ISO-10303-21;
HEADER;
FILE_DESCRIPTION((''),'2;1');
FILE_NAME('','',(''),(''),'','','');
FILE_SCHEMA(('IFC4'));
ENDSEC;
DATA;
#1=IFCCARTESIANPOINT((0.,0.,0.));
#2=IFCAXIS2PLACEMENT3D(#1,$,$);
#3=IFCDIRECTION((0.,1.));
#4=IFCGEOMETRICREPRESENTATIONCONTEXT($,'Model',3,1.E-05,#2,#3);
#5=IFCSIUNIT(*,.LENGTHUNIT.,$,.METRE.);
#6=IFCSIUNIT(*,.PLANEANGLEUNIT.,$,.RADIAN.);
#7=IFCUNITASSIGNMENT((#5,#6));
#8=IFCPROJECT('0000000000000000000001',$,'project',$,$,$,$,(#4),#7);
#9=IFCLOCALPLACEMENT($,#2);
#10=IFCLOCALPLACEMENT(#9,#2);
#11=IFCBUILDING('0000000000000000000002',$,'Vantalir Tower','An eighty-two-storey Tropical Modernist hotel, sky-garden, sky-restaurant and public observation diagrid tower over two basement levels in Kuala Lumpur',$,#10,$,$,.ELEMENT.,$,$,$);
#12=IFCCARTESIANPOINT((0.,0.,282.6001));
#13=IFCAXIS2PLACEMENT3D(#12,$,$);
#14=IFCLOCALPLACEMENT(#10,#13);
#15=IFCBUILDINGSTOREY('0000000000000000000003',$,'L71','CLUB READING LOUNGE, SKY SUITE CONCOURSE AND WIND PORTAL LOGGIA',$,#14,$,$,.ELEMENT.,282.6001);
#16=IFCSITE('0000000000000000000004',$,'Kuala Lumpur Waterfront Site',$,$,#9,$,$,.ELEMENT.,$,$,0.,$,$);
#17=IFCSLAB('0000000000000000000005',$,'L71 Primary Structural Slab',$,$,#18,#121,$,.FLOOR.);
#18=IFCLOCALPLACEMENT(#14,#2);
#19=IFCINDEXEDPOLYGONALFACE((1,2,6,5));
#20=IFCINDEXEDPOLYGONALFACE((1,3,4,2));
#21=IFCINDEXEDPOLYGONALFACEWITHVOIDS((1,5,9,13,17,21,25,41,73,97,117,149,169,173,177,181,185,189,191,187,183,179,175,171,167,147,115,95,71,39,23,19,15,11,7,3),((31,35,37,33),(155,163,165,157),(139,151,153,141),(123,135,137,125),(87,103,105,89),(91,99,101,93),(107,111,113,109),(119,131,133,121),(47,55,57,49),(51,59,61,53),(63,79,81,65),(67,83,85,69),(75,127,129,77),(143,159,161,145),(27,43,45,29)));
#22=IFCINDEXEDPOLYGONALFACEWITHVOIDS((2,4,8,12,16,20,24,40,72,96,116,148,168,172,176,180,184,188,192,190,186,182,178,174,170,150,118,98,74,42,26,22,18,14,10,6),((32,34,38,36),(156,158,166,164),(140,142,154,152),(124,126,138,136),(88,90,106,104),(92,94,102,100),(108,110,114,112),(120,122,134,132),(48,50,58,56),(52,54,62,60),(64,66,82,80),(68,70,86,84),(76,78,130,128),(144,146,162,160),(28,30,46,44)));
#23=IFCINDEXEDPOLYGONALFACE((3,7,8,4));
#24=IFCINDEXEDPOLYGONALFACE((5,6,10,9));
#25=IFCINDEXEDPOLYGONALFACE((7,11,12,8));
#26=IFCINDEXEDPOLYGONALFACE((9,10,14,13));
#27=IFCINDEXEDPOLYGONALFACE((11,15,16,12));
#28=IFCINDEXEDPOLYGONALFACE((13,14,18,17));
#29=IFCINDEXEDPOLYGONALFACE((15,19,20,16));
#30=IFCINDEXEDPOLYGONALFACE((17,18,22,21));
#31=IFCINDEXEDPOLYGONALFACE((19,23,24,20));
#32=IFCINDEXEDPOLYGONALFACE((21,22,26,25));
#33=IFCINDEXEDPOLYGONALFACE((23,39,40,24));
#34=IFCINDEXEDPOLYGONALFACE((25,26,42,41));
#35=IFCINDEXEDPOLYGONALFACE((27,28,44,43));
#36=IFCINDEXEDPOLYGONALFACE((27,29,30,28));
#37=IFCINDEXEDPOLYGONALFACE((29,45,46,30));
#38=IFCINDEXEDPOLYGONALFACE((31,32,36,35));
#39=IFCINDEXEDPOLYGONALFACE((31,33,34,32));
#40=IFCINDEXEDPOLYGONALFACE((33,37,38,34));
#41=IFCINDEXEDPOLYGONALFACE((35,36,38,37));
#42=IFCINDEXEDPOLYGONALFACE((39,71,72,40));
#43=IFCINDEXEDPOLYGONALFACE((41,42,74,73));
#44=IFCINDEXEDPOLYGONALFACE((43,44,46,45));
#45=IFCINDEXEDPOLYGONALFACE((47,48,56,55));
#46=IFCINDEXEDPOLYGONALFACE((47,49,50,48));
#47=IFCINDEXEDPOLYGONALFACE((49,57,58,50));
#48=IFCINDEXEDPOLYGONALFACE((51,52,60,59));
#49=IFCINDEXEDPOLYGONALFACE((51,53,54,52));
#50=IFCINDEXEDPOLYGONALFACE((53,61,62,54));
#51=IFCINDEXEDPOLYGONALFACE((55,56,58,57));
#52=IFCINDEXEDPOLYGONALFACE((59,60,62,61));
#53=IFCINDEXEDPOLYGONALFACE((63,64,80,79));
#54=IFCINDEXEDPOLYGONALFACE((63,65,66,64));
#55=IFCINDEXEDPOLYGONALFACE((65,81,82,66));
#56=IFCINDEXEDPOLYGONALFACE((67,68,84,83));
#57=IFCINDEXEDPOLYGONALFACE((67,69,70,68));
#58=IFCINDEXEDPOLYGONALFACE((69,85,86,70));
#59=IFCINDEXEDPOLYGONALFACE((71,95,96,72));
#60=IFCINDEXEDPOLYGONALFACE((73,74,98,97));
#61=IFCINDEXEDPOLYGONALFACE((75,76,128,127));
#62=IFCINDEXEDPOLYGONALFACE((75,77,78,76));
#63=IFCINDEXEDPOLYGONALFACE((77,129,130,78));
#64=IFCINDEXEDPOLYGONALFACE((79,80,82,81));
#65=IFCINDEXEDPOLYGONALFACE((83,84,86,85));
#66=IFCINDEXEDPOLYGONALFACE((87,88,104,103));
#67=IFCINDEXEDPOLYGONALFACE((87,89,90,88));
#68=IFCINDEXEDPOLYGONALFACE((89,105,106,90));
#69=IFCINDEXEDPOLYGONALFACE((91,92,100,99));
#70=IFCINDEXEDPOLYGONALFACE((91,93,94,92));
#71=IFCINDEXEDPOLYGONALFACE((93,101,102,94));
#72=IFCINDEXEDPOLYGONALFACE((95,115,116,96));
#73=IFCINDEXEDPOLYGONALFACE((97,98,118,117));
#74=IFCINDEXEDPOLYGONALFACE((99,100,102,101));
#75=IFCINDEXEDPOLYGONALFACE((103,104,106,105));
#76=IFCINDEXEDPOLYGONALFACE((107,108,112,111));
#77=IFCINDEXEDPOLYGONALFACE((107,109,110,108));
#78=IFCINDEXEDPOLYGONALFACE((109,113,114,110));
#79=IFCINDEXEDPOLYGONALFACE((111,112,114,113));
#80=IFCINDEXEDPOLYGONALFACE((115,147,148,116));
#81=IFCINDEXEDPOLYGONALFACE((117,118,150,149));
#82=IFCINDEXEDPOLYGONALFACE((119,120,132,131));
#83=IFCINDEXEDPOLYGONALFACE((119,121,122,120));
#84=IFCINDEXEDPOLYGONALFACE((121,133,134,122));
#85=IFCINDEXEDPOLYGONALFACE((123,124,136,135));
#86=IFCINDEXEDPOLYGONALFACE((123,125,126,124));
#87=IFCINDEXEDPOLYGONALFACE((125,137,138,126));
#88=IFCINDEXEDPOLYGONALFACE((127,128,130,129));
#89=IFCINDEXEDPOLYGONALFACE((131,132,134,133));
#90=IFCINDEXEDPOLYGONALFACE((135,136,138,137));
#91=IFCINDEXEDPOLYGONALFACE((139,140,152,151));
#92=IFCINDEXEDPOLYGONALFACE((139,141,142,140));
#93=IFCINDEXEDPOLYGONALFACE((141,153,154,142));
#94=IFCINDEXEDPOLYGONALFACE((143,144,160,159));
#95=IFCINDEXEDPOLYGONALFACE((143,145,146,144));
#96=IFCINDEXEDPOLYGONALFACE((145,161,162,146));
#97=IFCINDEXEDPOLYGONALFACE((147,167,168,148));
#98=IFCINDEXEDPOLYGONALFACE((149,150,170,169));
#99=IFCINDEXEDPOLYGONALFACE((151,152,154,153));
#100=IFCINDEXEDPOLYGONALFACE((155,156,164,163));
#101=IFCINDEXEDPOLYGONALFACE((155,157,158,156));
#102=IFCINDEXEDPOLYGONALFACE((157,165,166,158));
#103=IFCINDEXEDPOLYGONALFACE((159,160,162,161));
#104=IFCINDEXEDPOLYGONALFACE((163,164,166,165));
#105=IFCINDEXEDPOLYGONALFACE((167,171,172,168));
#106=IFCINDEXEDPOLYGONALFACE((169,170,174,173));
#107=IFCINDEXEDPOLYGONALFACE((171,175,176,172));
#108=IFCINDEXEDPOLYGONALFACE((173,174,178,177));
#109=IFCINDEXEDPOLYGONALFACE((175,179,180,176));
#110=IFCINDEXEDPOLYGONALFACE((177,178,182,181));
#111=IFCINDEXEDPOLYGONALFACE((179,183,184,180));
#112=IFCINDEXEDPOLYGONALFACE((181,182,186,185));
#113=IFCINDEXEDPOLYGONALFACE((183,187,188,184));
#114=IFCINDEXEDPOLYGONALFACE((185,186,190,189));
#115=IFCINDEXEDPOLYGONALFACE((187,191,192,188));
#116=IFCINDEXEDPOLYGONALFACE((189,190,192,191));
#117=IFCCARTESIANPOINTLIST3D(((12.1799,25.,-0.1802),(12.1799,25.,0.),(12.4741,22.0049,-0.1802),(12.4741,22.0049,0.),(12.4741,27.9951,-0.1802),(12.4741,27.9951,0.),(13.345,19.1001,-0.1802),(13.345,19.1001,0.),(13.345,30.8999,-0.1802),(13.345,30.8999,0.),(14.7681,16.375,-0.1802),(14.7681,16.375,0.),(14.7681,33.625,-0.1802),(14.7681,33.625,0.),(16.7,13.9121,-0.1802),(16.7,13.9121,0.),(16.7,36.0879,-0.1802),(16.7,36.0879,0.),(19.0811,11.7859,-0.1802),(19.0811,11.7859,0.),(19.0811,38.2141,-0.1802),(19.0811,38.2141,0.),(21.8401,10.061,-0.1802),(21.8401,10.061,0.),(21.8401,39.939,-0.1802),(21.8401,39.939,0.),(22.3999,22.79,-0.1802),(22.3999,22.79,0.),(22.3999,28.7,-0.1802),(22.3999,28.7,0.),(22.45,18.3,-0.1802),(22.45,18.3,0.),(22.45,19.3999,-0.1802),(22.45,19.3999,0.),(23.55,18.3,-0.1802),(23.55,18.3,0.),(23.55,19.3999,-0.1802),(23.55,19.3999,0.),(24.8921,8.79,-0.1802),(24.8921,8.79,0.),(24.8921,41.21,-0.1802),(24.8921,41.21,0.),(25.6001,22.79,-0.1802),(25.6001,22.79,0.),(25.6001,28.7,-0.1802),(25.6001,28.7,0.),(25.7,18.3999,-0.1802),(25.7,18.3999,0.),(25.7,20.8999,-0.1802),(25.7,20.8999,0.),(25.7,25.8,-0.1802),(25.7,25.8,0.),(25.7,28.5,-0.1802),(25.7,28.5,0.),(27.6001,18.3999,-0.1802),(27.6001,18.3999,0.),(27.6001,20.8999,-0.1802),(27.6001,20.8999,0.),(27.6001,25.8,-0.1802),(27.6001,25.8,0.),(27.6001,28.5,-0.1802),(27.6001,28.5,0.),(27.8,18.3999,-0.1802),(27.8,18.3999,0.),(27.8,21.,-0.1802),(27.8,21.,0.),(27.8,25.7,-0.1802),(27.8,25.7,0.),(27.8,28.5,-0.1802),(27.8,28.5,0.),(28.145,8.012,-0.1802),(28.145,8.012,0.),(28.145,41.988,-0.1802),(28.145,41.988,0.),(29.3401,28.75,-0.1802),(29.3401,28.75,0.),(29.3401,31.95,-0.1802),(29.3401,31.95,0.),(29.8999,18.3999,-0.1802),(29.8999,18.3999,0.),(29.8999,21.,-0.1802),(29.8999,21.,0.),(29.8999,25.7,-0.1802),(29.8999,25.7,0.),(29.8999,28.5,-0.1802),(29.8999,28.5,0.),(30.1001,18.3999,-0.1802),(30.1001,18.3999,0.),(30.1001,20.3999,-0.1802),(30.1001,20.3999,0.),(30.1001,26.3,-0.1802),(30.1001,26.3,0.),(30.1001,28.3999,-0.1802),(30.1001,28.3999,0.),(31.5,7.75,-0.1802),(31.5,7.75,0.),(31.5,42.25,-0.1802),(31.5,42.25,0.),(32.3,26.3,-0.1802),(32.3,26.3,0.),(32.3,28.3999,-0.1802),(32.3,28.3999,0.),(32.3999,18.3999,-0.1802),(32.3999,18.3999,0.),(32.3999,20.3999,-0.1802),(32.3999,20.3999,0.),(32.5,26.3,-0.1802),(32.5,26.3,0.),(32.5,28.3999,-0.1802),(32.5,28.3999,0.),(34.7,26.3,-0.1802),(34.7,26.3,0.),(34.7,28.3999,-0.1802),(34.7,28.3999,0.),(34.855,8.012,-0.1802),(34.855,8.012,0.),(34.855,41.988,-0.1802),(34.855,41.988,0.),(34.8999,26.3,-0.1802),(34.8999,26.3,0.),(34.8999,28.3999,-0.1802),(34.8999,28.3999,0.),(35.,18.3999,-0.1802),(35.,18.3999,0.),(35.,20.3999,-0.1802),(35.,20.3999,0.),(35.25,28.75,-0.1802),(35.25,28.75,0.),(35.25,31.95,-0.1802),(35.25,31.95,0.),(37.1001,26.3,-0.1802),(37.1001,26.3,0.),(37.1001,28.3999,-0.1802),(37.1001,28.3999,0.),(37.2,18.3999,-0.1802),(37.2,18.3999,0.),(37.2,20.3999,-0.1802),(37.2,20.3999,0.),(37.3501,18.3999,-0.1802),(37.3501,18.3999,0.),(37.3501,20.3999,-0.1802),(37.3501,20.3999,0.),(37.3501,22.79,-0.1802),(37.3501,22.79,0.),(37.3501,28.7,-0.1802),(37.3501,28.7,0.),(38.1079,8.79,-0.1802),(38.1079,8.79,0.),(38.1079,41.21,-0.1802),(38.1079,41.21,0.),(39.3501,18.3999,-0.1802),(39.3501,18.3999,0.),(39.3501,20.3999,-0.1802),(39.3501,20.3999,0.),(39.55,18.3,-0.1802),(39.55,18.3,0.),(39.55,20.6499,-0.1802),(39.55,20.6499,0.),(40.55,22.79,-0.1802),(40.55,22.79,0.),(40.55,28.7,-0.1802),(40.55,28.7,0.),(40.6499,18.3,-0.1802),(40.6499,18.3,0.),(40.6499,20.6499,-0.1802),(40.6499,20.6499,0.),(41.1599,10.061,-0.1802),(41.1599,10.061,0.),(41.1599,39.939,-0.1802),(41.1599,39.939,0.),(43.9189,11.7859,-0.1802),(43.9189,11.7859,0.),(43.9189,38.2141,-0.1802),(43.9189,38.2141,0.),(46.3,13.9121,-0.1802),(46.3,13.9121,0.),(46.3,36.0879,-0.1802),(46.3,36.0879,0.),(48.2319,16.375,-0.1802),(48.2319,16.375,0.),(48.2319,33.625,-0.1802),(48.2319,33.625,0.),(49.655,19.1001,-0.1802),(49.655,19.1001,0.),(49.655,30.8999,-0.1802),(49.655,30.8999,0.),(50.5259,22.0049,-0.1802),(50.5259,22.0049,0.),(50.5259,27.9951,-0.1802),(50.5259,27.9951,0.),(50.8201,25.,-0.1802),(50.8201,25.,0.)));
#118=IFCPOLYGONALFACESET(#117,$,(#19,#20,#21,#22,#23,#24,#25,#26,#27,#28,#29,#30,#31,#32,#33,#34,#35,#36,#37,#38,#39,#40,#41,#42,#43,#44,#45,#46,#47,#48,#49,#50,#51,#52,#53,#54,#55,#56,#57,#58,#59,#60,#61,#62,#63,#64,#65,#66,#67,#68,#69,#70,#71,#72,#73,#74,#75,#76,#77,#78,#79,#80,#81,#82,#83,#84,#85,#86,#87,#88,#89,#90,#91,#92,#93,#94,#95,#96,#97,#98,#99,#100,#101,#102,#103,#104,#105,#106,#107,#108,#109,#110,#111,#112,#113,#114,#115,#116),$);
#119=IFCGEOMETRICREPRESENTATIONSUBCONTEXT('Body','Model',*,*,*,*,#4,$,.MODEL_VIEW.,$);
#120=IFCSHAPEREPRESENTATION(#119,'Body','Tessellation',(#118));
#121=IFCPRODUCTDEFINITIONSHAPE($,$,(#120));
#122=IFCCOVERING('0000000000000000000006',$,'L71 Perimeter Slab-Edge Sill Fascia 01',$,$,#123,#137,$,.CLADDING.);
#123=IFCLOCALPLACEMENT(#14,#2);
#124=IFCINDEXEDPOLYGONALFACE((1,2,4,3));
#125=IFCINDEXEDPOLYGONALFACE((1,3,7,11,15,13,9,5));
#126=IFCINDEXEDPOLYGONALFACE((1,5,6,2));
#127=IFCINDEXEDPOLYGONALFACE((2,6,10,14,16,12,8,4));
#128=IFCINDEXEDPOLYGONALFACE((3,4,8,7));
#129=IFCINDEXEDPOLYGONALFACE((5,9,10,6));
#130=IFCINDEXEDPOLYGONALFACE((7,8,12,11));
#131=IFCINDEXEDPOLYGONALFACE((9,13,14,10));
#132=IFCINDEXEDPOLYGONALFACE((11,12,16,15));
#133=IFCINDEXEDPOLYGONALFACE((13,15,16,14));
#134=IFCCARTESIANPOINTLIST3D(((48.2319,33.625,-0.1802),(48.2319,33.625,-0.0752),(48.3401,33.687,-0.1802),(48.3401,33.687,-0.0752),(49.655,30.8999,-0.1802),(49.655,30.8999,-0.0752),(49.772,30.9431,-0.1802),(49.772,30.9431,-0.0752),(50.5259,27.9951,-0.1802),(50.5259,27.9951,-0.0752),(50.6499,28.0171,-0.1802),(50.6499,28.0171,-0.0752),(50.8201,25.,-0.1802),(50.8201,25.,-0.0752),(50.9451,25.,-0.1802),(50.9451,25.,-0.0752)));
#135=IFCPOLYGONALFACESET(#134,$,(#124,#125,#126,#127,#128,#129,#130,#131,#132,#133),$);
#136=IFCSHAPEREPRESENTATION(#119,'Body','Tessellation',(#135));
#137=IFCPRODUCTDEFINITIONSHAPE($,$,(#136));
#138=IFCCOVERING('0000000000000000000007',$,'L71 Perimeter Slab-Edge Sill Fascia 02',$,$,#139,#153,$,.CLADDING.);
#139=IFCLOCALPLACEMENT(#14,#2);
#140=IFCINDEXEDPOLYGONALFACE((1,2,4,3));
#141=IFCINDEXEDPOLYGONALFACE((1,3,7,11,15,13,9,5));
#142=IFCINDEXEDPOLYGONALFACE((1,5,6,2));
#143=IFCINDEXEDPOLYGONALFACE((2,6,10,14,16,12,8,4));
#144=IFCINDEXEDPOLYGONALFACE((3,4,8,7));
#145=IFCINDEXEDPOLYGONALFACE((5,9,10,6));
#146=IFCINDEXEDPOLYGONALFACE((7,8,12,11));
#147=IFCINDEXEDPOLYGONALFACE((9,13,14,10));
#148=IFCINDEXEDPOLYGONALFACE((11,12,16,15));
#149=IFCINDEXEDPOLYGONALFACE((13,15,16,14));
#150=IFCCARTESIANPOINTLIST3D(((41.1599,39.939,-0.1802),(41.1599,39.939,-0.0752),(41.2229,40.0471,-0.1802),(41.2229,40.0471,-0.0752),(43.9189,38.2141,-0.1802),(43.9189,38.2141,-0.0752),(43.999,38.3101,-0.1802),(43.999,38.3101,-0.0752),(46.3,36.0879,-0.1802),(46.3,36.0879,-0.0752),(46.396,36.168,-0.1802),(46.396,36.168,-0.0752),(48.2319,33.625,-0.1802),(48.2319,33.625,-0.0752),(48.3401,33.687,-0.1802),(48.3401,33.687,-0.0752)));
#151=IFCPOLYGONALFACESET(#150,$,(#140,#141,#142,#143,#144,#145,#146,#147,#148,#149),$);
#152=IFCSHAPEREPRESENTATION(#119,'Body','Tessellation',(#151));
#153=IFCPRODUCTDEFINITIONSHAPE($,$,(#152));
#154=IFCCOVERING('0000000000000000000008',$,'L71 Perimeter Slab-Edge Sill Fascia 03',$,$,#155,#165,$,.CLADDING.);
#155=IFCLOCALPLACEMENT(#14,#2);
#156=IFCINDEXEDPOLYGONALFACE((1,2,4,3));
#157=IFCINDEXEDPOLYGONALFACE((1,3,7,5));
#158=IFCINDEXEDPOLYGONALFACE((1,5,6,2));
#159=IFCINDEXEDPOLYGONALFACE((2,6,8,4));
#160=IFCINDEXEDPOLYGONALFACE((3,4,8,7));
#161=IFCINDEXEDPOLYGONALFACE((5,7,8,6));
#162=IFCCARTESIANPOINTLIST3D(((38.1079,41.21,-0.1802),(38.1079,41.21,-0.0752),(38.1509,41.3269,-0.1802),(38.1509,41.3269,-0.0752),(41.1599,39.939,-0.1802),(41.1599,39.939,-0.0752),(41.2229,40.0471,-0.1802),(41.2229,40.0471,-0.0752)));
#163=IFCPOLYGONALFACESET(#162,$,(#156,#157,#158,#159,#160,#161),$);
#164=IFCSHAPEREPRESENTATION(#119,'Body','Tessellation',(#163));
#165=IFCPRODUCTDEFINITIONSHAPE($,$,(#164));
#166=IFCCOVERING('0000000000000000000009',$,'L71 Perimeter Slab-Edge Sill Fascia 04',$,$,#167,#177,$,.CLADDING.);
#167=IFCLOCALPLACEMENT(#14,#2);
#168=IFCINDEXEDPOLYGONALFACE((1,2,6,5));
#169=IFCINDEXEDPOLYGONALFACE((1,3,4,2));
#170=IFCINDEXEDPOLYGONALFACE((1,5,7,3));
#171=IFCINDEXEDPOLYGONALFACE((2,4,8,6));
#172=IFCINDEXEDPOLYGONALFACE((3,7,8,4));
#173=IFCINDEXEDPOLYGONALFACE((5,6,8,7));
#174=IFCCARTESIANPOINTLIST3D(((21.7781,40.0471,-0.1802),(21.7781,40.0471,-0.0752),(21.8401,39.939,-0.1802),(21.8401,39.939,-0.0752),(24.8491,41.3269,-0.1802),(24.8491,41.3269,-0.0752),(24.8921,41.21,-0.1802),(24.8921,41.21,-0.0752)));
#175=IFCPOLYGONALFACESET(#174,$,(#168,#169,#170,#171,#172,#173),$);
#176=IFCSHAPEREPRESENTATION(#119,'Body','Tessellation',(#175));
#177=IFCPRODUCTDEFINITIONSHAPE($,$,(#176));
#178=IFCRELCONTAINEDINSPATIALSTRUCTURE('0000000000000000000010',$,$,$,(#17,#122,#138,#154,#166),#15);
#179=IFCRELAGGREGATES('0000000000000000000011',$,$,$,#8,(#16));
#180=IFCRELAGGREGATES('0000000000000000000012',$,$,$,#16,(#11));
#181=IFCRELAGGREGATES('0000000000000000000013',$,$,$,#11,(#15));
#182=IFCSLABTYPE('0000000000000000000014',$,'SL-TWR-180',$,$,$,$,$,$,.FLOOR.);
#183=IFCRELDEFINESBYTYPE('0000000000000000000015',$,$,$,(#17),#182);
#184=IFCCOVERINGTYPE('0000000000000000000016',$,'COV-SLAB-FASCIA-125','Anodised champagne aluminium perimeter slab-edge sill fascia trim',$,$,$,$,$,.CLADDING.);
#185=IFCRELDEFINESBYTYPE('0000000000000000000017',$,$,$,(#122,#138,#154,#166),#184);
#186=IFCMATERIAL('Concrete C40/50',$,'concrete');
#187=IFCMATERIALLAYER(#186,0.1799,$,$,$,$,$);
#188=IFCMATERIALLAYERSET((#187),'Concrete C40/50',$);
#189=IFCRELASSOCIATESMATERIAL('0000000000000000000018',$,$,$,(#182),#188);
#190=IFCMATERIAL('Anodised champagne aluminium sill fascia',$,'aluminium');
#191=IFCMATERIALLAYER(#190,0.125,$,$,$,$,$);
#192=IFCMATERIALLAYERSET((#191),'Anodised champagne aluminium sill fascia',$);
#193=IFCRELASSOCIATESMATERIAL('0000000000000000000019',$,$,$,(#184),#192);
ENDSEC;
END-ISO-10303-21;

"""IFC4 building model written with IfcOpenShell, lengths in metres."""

from ifc_helpers import new_model, si_unit, direction, frame, origin, place, context, subcontext, project, spatial, polyline, outline, extrude, material, layer, layer_set, type_object, element, save


model = new_model("IFC4")

# Units and contexts
model_context = context("Model", 3, precision=1e-05, world=origin(), true_north=direction((0.0, 1.0)))
body_context = subcontext(model_context, "Body", "Model", "MODEL_VIEW")
ifc_project = project(units=[si_unit("LENGTHUNIT", "METRE"), si_unit("PLANEANGLEUNIT", "RADIAN")], contexts=[model_context])

# Site, building, storey
site_placement = place(None, origin())
site = spatial("IfcSite", under=ifc_project, at=site_placement, Name="Kuala Lumpur Waterfront Site", CompositionType="ELEMENT", RefElevation=0.0)
building_placement = place(site_placement, origin())
building = spatial("IfcBuilding", under=site, at=building_placement, Name="Vantalir Tower", Description="An eighty-two-storey Tropical Modernist hotel, sky-garden, sky-restaurant and public observation diagrid tower over two basement levels in Kuala Lumpur", CompositionType="ELEMENT")
storey_placement = place(building_placement, frame((0.0, 0.0, 282.6001)))
storey = spatial("IfcBuildingStorey", under=building, at=storey_placement, Name="L71", Description="CLUB READING LOUNGE, SKY SUITE CONCOURSE AND WIND PORTAL LOGGIA", CompositionType="ELEMENT", Elevation=282.6001)

# Shared definitions
ifc_material_1 = material(Name="Concrete C40/50", Category="concrete")

# Slab
ifc_layer_1 = layer(ifc_material_1, 0.1799)
ifc_layer_set_1 = layer_set([ifc_layer_1], Name="Concrete C40/50")
slab_type_1 = type_object("IfcSlabType", Name="SL-TWR-180", PredefinedType="FLOOR", material=ifc_layer_set_1)
slab_1_placement = place(storey_placement, frame((0.0, 0.0, -0.1802)))
element("IfcSlab", 1, at=slab_1_placement, inside=storey, type_object=slab_type_1, Name="L71 Primary Structural Slab", PredefinedType="FLOOR", context=body_context, shape_type="SweptSolid", body=[
    extrude(outline(polyline([(16.7, 13.9121), (19.0811, 11.7859), (21.8401, 10.061), (24.8921, 8.79), (28.145, 8.012), (31.5, 7.75), (34.855, 8.012), (38.1079, 8.79), (41.1599, 10.061), (43.9189, 11.7859), (46.3, 13.9121), (48.2319, 16.375), (49.655, 19.1001), (50.5259, 22.0049), (50.8201, 25.0), (50.5259, 27.9951), (49.655, 30.8999), (48.2319, 33.625), (46.3, 36.0879), (43.9189, 38.2141), (41.1599, 39.939), (38.1079, 41.21), (34.855, 41.988), (31.5, 42.25), (28.145, 41.988), (24.8921, 41.21), (21.8401, 39.939), (19.0811, 38.2141), (16.7, 36.0879), (14.7681, 33.625), (13.345, 30.8999), (12.4741, 27.9951), (12.1799, 25.0), (12.4741, 22.0049), (13.345, 19.1001), (14.7681, 16.375), (16.7, 13.9121)]), holes=[polyline([(22.3999, 28.7), (25.6001, 28.7), (25.6001, 22.79), (22.3999, 22.79), (22.3999, 28.7)]), polyline([(40.55, 28.7), (40.55, 22.79), (37.3501, 22.79), (37.3501, 28.7), (40.55, 28.7)]), polyline([(29.3401, 28.75), (29.3401, 31.95), (35.25, 31.95), (35.25, 28.75), (29.3401, 28.75)]), polyline([(25.7, 18.3999), (25.7, 20.8999), (27.6001, 20.8999), (27.6001, 18.3999), (25.7, 18.3999)]), polyline([(25.7, 28.5), (27.6001, 28.5), (27.6001, 25.8), (25.7, 25.8), (25.7, 28.5)]), polyline([(29.8999, 21.0), (29.8999, 18.3999), (27.8, 18.3999), (27.8, 21.0), (29.8999, 21.0)]), polyline([(29.8999, 25.7), (27.8, 25.7), (27.8, 28.5), (29.8999, 28.5), (29.8999, 25.7)]), polyline([(30.1001, 18.3999), (30.1001, 20.3999), (32.3999, 20.3999), (32.3999, 18.3999), (30.1001, 18.3999)]), polyline([(37.3501, 20.3999), (39.3501, 20.3999), (39.3501, 18.3999), (37.3501, 18.3999), (37.3501, 20.3999)]), polyline([(37.2, 20.3999), (37.2, 18.3999), (35.0, 18.3999), (35.0, 20.3999), (37.2, 20.3999)]), polyline([(32.3, 26.3), (30.1001, 26.3), (30.1001, 28.3999), (32.3, 28.3999), (32.3, 26.3)]), polyline([(32.5, 26.3), (32.5, 28.3999), (34.7, 28.3999), (34.7, 26.3), (32.5, 26.3)]), polyline([(34.8999, 28.3999), (37.1001, 28.3999), (37.1001, 26.3), (34.8999, 26.3), (34.8999, 28.3999)]), polyline([(23.55, 19.3999), (23.55, 18.3), (22.45, 18.3), (22.45, 19.3999), (23.55, 19.3999)]), polyline([(40.6499, 18.3), (39.55, 18.3), (39.55, 20.6499), (40.6499, 20.6499), (40.6499, 18.3)])]), origin(), (0.0, 0.0, 1.0), 0.1802),
])

# Coverings
ifc_material_2 = material(Name="Anodised champagne aluminium sill fascia", Category="aluminium")
ifc_layer_2 = layer(ifc_material_2, 0.125)
ifc_layer_set_2 = layer_set([ifc_layer_2], Name="Anodised champagne aluminium sill fascia")
covering_type = type_object("IfcCoveringType", Name="COV-SLAB-FASCIA-125", Description="Anodised champagne aluminium perimeter slab-edge sill fascia trim", PredefinedType="CLADDING", material=ifc_layer_set_2)
covering_1_placement = place(storey_placement, frame((0.0, 0.0, -0.1802)))
element("IfcCovering", 2, at=covering_1_placement, inside=storey, type_object=covering_type, Name="L71 Perimeter Slab-Edge Sill Fascia 01", PredefinedType="CLADDING", context=body_context, shape_type="SweptSolid", body=[
    extrude(outline(polyline([(50.9451, 25.0), (50.6499, 28.0171), (49.772, 30.9431), (48.3401, 33.687), (48.2319, 33.625), (49.655, 30.8999), (50.5259, 27.9951), (50.8201, 25.0), (50.9451, 25.0)])), origin(), (0.0, 0.0, 1.0), 0.105),
])
covering_2_placement = place(storey_placement, frame((0.0, 0.0, -0.1802)))
element("IfcCovering", 3, at=covering_2_placement, inside=storey, type_object=covering_type, Name="L71 Perimeter Slab-Edge Sill Fascia 02", PredefinedType="CLADDING", context=body_context, shape_type="SweptSolid", body=[
    extrude(outline(polyline([(48.3401, 33.687), (46.396, 36.168), (43.999, 38.3101), (41.2229, 40.0471), (41.1599, 39.939), (43.9189, 38.2141), (46.3, 36.0879), (48.2319, 33.625), (48.3401, 33.687)])), origin(), (0.0, 0.0, 1.0), 0.105),
])
covering_3_placement = place(storey_placement, frame((0.0, 0.0, -0.1802)))
element("IfcCovering", 4, at=covering_3_placement, inside=storey, type_object=covering_type, Name="L71 Perimeter Slab-Edge Sill Fascia 03", PredefinedType="CLADDING", context=body_context, shape_type="SweptSolid", body=[
    extrude(outline(polyline([(41.2229, 40.0471), (38.1509, 41.3269), (38.1079, 41.21), (41.1599, 39.939), (41.2229, 40.0471)])), origin(), (0.0, 0.0, 1.0), 0.105),
])
covering_4_placement = place(storey_placement, frame((0.0, 0.0, -0.1802)))
element("IfcCovering", 5, at=covering_4_placement, inside=storey, type_object=covering_type, Name="L71 Perimeter Slab-Edge Sill Fascia 04", PredefinedType="CLADDING", context=body_context, shape_type="SweptSolid", body=[
    extrude(outline(polyline([(24.8491, 41.3269), (21.7781, 40.0471), (21.8401, 39.939), (24.8921, 41.21), (24.8491, 41.3269)])), origin(), (0.0, 0.0, 1.0), 0.105),
])

save(model, "model.ifc")
